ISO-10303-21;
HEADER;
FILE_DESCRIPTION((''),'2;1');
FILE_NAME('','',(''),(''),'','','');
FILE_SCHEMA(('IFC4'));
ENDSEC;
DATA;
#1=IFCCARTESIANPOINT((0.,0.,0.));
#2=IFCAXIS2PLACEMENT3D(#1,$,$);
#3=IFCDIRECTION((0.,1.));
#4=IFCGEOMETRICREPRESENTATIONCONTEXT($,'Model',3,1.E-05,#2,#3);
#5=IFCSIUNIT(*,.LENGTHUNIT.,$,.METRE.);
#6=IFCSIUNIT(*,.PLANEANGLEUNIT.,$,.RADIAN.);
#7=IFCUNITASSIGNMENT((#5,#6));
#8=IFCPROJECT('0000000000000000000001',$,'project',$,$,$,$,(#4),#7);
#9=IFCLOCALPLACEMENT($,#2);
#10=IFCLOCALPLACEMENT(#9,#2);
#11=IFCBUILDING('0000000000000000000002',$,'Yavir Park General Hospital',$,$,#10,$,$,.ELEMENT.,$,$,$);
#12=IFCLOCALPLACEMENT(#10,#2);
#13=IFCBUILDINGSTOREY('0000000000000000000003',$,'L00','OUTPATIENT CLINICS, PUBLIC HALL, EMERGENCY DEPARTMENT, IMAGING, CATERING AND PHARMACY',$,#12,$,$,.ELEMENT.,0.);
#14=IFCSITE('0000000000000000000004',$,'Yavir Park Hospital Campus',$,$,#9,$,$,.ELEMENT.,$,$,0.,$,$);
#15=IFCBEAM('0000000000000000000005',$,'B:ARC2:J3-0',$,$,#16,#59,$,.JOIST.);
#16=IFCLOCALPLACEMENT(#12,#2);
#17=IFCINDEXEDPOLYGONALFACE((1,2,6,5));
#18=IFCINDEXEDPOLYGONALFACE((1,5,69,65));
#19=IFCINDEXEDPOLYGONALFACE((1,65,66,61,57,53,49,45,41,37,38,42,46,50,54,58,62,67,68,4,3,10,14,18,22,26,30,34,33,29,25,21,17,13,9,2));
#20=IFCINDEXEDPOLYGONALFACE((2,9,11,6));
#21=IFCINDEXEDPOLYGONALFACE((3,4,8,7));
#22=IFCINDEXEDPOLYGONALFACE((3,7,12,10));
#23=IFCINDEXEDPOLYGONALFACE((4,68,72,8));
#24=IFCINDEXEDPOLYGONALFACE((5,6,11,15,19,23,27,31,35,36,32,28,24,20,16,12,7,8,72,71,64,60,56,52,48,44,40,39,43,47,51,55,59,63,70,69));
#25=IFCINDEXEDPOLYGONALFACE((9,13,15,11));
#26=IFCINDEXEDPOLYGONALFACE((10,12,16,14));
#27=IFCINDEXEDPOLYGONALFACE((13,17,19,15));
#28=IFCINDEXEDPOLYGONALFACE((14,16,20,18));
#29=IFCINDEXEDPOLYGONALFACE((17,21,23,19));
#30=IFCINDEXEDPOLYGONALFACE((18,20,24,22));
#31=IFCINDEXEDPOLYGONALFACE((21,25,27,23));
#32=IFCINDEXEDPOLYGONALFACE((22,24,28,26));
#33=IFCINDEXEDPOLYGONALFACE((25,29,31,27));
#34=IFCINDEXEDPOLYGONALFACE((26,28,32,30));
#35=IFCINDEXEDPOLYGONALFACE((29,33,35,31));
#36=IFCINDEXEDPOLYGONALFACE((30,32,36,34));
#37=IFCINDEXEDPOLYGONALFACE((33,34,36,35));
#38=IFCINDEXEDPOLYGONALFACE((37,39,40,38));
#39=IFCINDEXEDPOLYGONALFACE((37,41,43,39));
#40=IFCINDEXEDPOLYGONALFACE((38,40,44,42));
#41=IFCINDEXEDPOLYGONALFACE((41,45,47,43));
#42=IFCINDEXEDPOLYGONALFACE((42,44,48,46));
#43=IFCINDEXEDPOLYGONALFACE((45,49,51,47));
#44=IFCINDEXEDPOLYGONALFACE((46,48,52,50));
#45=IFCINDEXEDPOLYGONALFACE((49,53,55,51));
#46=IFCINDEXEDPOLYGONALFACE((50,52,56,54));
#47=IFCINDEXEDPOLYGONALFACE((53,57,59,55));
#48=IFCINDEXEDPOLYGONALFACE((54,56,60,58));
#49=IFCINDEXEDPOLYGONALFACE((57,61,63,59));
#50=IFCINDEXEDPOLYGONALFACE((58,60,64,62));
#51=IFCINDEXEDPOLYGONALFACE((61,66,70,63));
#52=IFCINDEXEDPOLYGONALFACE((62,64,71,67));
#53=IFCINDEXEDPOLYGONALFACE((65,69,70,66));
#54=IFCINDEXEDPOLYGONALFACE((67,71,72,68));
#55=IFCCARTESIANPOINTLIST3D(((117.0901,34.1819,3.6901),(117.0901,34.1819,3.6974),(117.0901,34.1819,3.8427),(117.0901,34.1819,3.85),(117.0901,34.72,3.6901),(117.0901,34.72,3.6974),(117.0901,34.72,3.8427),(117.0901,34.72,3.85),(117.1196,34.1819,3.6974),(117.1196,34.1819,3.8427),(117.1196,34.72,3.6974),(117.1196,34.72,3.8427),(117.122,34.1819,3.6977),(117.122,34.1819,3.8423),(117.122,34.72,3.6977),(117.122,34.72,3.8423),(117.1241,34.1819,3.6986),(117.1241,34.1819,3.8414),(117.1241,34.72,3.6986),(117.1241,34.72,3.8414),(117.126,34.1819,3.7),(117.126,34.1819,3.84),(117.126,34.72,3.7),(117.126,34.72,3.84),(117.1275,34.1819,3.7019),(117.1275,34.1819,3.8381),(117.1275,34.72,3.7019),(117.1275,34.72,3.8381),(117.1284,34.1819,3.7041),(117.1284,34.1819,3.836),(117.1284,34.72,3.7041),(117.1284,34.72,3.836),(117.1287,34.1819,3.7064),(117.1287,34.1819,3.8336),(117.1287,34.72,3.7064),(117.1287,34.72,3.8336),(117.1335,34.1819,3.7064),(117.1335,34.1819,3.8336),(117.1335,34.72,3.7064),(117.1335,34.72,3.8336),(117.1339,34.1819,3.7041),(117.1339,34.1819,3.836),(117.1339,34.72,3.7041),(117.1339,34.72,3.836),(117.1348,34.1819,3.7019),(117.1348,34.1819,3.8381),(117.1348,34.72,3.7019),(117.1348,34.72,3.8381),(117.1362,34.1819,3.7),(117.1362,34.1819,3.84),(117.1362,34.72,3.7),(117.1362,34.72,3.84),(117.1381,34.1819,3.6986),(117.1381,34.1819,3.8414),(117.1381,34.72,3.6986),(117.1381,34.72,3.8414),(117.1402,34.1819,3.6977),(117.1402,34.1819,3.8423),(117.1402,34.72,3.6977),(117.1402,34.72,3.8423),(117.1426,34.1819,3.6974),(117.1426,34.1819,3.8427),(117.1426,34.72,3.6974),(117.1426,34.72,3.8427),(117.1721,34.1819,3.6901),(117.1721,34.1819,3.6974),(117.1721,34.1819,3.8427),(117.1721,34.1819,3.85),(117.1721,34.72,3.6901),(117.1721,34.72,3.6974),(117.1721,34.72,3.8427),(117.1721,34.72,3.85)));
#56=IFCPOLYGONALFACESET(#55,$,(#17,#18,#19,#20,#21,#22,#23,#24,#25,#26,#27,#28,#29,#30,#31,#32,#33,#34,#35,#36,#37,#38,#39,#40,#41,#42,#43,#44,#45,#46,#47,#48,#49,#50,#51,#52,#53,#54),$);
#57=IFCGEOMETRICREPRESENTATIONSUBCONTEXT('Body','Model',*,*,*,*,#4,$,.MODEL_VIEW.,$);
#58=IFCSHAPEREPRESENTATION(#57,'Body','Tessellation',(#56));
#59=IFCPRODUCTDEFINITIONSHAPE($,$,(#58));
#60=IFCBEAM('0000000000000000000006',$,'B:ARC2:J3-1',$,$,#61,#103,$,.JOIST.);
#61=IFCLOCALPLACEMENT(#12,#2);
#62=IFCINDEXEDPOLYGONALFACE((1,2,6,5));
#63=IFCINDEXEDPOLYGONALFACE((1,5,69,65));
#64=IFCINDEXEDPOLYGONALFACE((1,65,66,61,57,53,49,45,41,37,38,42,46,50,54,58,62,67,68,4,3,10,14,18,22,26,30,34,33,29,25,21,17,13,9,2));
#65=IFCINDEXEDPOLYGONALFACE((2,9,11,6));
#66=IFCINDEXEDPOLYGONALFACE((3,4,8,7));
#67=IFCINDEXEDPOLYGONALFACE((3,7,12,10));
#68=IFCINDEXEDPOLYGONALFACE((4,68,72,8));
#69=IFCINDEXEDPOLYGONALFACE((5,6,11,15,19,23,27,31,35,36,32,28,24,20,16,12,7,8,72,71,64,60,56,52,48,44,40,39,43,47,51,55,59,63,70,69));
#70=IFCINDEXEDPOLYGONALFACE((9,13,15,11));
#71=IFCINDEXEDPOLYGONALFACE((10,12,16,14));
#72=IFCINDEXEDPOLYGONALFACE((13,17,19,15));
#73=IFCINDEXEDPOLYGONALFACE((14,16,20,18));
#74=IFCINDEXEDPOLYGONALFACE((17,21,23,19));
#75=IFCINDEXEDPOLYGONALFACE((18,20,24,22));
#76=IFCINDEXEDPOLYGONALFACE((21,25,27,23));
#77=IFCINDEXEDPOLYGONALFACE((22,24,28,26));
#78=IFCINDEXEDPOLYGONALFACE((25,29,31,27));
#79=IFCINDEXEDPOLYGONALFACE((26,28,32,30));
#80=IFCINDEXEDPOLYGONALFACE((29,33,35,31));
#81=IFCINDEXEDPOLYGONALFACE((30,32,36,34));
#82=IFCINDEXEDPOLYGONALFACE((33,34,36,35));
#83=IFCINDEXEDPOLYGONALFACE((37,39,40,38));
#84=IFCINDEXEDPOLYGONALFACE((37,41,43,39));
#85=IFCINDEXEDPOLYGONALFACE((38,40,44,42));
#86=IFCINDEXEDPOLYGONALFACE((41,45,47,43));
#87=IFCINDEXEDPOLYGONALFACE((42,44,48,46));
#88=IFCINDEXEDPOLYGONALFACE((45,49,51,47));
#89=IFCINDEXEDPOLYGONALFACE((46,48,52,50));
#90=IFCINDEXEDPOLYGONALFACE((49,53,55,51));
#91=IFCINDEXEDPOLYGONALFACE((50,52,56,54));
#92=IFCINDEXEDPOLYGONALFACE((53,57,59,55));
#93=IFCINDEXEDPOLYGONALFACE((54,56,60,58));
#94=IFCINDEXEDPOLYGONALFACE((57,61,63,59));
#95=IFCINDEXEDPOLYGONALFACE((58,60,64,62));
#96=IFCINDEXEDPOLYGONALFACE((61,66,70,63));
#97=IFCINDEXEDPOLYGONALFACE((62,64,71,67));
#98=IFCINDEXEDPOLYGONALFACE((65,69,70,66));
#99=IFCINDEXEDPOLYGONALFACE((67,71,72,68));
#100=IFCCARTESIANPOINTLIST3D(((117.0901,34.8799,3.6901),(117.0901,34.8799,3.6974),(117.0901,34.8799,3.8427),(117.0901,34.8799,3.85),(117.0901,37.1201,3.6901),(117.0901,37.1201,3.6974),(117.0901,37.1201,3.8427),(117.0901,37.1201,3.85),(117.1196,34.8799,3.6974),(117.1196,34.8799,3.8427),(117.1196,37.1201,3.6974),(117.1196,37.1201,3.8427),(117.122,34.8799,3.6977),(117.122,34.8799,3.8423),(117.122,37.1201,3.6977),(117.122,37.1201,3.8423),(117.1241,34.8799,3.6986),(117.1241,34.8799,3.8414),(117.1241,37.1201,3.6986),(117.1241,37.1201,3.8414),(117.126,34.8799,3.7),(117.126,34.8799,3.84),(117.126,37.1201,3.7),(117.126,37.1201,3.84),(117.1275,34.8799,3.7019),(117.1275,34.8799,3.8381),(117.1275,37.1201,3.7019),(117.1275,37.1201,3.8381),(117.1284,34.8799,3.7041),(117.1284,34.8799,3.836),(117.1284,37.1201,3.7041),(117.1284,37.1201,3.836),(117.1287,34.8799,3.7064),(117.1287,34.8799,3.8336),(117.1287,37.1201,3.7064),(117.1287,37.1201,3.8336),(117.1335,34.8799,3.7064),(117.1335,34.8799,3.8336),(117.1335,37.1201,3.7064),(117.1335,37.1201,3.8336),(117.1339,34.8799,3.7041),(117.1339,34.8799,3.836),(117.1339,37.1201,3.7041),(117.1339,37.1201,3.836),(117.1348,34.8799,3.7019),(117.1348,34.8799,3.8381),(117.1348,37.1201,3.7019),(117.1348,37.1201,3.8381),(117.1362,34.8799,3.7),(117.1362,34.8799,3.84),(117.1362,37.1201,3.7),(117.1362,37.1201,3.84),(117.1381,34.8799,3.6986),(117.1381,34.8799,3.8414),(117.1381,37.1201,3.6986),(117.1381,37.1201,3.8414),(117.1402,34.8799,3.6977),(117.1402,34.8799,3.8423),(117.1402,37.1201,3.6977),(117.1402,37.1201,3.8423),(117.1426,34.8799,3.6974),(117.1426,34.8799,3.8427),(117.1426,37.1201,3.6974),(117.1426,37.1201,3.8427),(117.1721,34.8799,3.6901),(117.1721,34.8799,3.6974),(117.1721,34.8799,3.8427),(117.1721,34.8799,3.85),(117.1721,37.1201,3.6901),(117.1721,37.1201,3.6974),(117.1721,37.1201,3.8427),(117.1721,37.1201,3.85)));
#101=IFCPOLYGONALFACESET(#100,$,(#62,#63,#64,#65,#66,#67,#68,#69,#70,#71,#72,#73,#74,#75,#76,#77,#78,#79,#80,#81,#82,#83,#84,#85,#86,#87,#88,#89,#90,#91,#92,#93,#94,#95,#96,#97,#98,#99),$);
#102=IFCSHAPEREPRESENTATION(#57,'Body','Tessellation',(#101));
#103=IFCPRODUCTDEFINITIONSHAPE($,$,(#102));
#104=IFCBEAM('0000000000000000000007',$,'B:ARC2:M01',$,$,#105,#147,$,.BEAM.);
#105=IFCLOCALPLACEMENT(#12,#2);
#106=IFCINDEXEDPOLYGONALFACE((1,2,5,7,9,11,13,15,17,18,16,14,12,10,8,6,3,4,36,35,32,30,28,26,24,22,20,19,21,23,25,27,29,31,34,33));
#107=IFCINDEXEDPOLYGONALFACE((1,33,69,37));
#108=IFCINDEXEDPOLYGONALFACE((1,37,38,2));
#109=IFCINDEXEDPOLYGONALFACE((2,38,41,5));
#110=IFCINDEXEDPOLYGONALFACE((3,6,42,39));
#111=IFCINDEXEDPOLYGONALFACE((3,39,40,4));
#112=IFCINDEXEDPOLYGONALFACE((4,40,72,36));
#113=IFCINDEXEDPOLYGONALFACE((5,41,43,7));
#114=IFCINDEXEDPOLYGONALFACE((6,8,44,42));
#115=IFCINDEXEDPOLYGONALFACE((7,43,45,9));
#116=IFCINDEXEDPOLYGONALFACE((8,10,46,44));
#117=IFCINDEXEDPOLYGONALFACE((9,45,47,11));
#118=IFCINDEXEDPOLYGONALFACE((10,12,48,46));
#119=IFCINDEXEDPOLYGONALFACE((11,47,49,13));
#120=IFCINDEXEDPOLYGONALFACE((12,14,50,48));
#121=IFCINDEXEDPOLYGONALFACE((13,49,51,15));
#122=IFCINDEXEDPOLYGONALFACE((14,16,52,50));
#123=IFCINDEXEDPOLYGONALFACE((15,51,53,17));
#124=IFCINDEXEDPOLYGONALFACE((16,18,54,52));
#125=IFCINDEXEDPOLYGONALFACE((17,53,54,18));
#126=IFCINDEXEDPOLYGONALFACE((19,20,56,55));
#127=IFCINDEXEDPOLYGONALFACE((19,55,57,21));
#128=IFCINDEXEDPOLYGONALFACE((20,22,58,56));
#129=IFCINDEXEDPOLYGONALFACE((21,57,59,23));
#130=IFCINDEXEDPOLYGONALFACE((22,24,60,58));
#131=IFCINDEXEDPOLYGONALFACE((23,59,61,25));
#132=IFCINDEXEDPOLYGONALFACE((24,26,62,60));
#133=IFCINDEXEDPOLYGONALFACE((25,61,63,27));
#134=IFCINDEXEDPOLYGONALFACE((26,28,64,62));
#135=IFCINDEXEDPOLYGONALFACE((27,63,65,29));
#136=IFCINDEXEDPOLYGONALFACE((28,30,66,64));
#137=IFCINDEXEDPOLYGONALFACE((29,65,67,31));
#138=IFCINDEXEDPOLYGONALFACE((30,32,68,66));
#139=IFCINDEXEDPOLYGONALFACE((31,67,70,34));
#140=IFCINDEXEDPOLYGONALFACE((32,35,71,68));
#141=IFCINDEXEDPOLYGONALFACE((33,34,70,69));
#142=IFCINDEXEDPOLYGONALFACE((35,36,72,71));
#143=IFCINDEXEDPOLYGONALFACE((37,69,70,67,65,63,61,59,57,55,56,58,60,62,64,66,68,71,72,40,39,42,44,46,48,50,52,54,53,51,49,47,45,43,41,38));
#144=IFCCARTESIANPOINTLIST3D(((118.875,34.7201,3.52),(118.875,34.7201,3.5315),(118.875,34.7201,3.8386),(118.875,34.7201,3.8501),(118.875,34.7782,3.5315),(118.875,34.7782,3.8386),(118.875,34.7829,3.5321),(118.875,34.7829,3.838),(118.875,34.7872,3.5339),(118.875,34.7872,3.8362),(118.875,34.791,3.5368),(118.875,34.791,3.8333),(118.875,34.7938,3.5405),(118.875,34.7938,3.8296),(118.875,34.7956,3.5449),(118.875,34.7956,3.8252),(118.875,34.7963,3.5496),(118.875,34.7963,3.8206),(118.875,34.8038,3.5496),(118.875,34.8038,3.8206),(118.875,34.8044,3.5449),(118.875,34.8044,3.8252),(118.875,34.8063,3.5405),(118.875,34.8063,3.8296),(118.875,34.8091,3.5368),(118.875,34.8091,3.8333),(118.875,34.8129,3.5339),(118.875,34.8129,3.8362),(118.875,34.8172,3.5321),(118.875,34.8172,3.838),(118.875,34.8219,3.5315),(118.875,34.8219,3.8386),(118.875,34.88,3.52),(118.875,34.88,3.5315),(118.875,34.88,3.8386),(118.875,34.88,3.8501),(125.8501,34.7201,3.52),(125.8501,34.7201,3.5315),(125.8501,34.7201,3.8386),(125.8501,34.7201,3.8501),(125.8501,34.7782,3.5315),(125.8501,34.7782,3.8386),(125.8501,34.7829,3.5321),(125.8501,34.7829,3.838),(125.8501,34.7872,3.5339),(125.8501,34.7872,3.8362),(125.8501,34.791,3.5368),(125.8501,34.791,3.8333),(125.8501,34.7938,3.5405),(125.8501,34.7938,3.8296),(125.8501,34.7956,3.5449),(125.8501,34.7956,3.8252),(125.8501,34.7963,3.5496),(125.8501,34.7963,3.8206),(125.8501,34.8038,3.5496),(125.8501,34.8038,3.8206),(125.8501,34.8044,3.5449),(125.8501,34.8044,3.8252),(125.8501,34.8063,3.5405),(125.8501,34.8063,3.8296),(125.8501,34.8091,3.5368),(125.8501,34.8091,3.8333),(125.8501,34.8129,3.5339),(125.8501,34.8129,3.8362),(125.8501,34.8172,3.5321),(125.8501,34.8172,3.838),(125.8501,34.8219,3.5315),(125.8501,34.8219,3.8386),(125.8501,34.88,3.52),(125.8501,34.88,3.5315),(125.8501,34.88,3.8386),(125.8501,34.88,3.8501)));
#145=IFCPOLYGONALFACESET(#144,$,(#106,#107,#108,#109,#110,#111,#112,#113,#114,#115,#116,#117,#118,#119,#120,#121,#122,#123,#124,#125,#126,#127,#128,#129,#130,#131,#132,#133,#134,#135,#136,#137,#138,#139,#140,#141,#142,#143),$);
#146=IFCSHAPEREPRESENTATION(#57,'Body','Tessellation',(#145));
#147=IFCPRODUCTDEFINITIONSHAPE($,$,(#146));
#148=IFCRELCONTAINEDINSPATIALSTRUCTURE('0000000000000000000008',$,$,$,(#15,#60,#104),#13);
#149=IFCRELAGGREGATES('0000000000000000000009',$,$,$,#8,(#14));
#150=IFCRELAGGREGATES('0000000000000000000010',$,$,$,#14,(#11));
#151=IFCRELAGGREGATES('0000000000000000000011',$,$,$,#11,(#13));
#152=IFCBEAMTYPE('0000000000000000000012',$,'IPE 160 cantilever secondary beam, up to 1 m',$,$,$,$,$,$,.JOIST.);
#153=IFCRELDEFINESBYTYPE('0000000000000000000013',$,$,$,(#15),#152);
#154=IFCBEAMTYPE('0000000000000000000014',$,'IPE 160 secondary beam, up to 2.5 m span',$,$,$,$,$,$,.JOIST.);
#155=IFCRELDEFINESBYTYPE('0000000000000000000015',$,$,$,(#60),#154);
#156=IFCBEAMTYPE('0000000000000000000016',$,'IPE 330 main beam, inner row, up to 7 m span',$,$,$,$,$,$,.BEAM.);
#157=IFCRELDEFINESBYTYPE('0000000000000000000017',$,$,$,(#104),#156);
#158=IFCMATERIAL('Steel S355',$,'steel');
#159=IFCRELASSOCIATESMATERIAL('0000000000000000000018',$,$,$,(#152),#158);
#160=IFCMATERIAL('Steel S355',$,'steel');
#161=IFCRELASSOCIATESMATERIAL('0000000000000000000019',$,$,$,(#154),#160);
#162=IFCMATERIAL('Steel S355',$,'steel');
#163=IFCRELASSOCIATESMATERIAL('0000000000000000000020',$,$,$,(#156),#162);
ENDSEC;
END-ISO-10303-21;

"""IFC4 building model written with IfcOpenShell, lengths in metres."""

from ifc_helpers import new_model, si_unit, direction, frame, origin, origin_2d, place, context, subcontext, project, spatial, i_section, extrude, material, material_profile, profile_set, type_object, element, save


model = new_model("IFC4")

# Units and contexts
model_context = context("Model", 3, precision=1e-05, world=origin(), true_north=direction((0.0, 1.0)))
body_context = subcontext(model_context, "Body", "Model", "MODEL_VIEW")
ifc_project = project(units=[si_unit("LENGTHUNIT", "METRE"), si_unit("PLANEANGLEUNIT", "RADIAN")], contexts=[model_context])

# Site, building, storey
site_placement = place(None, origin())
site = spatial("IfcSite", under=ifc_project, at=site_placement, Name="Yavir Park Hospital Campus", CompositionType="ELEMENT", RefElevation=0.0)
building_placement = place(site_placement, origin())
building = spatial("IfcBuilding", under=site, at=building_placement, Name="Yavir Park General Hospital", CompositionType="ELEMENT")
storey_placement = place(building_placement, origin())
storey = spatial("IfcBuildingStorey", under=building, at=storey_placement, Name="L00", Description="OUTPATIENT CLINICS, PUBLIC HALL, EMERGENCY DEPARTMENT, IMAGING, CATERING AND PHARMACY", CompositionType="ELEMENT", Elevation=0.0)

# Beams
ifc_material_1 = material(Name="Steel S355", Category="steel")
ifc_material_profile_1 = material_profile(ifc_material_1, i_section(OverallWidth=0.082, OverallDepth=0.1599, WebThickness=0.0049, FlangeThickness=0.0073, FilletRadius=0.009, at=origin_2d()), Name="IPE160")
ifc_profile_set_1 = profile_set([ifc_material_profile_1], Name="Steel S355")
beam_type_1 = type_object("IfcBeamType", Name="IPE 160 cantilever secondary beam, up to 1 m", PredefinedType="JOIST", material=ifc_profile_set_1)
beam_1_placement = place(storey_placement, frame((117.1311, 34.1819, 3.77), z_axis=(0.0, 1.0, 0.0), x_axis=(-1.0, 0.0, 0.0)))
element("IfcBeam", 1, at=beam_1_placement, inside=storey, type_object=beam_type_1, Name="B:ARC2:J3-0", PredefinedType="JOIST", context=body_context, shape_type="SweptSolid", body=[
    extrude(i_section(OverallWidth=0.082, OverallDepth=0.1599, WebThickness=0.0049, FlangeThickness=0.0073, FilletRadius=0.009, at=origin_2d()), origin(), (0.0, 0.0, 1.0), 0.5381),
])
ifc_material_2 = material(Name="Steel S355", Category="steel")
ifc_material_profile_2 = material_profile(ifc_material_2, i_section(OverallWidth=0.082, OverallDepth=0.1599, WebThickness=0.0049, FlangeThickness=0.0073, FilletRadius=0.009, at=origin_2d()), Name="IPE160")
ifc_profile_set_2 = profile_set([ifc_material_profile_2], Name="Steel S355")
beam_type_2 = type_object("IfcBeamType", Name="IPE 160 secondary beam, up to 2.5 m span", PredefinedType="JOIST", material=ifc_profile_set_2)
beam_2_placement = place(storey_placement, frame((117.1311, 34.8799, 3.77), z_axis=(0.0, 1.0, 0.0), x_axis=(-1.0, 0.0, 0.0)))
element("IfcBeam", 2, at=beam_2_placement, inside=storey, type_object=beam_type_2, Name="B:ARC2:J3-1", PredefinedType="JOIST", context=body_context, shape_type="SweptSolid", body=[
    extrude(i_section(OverallWidth=0.082, OverallDepth=0.1599, WebThickness=0.0049, FlangeThickness=0.0073, FilletRadius=0.009, at=origin_2d()), origin(), (0.0, 0.0, 1.0), 2.2402),
])
ifc_material_3 = material(Name="Steel S355", Category="steel")
ifc_material_profile_3 = material_profile(ifc_material_3, i_section(OverallWidth=0.1599, OverallDepth=0.3301, WebThickness=0.0076, FlangeThickness=0.0115, FilletRadius=0.0181, at=origin_2d()), Name="IPE330")
ifc_profile_set_3 = profile_set([ifc_material_profile_3], Name="Steel S355")
beam_type_3 = type_object("IfcBeamType", Name="IPE 330 main beam, inner row, up to 7 m span", PredefinedType="BEAM", material=ifc_profile_set_3)
beam_3_placement = place(storey_placement, frame((118.875, 34.8, 3.6851), z_axis=(1.0, 0.0, 0.0), x_axis=(0.0, 1.0, 0.0)))
element("IfcBeam", 3, at=beam_3_placement, inside=storey, type_object=beam_type_3, Name="B:ARC2:M01", PredefinedType="BEAM", context=body_context, shape_type="SweptSolid", body=[
    extrude(i_section(OverallWidth=0.1599, OverallDepth=0.3301, WebThickness=0.0076, FlangeThickness=0.0115, FilletRadius=0.0181, at=origin_2d()), origin(), (0.0, 0.0, 1.0), 6.9751),
])

save(model, "model.ifc")
